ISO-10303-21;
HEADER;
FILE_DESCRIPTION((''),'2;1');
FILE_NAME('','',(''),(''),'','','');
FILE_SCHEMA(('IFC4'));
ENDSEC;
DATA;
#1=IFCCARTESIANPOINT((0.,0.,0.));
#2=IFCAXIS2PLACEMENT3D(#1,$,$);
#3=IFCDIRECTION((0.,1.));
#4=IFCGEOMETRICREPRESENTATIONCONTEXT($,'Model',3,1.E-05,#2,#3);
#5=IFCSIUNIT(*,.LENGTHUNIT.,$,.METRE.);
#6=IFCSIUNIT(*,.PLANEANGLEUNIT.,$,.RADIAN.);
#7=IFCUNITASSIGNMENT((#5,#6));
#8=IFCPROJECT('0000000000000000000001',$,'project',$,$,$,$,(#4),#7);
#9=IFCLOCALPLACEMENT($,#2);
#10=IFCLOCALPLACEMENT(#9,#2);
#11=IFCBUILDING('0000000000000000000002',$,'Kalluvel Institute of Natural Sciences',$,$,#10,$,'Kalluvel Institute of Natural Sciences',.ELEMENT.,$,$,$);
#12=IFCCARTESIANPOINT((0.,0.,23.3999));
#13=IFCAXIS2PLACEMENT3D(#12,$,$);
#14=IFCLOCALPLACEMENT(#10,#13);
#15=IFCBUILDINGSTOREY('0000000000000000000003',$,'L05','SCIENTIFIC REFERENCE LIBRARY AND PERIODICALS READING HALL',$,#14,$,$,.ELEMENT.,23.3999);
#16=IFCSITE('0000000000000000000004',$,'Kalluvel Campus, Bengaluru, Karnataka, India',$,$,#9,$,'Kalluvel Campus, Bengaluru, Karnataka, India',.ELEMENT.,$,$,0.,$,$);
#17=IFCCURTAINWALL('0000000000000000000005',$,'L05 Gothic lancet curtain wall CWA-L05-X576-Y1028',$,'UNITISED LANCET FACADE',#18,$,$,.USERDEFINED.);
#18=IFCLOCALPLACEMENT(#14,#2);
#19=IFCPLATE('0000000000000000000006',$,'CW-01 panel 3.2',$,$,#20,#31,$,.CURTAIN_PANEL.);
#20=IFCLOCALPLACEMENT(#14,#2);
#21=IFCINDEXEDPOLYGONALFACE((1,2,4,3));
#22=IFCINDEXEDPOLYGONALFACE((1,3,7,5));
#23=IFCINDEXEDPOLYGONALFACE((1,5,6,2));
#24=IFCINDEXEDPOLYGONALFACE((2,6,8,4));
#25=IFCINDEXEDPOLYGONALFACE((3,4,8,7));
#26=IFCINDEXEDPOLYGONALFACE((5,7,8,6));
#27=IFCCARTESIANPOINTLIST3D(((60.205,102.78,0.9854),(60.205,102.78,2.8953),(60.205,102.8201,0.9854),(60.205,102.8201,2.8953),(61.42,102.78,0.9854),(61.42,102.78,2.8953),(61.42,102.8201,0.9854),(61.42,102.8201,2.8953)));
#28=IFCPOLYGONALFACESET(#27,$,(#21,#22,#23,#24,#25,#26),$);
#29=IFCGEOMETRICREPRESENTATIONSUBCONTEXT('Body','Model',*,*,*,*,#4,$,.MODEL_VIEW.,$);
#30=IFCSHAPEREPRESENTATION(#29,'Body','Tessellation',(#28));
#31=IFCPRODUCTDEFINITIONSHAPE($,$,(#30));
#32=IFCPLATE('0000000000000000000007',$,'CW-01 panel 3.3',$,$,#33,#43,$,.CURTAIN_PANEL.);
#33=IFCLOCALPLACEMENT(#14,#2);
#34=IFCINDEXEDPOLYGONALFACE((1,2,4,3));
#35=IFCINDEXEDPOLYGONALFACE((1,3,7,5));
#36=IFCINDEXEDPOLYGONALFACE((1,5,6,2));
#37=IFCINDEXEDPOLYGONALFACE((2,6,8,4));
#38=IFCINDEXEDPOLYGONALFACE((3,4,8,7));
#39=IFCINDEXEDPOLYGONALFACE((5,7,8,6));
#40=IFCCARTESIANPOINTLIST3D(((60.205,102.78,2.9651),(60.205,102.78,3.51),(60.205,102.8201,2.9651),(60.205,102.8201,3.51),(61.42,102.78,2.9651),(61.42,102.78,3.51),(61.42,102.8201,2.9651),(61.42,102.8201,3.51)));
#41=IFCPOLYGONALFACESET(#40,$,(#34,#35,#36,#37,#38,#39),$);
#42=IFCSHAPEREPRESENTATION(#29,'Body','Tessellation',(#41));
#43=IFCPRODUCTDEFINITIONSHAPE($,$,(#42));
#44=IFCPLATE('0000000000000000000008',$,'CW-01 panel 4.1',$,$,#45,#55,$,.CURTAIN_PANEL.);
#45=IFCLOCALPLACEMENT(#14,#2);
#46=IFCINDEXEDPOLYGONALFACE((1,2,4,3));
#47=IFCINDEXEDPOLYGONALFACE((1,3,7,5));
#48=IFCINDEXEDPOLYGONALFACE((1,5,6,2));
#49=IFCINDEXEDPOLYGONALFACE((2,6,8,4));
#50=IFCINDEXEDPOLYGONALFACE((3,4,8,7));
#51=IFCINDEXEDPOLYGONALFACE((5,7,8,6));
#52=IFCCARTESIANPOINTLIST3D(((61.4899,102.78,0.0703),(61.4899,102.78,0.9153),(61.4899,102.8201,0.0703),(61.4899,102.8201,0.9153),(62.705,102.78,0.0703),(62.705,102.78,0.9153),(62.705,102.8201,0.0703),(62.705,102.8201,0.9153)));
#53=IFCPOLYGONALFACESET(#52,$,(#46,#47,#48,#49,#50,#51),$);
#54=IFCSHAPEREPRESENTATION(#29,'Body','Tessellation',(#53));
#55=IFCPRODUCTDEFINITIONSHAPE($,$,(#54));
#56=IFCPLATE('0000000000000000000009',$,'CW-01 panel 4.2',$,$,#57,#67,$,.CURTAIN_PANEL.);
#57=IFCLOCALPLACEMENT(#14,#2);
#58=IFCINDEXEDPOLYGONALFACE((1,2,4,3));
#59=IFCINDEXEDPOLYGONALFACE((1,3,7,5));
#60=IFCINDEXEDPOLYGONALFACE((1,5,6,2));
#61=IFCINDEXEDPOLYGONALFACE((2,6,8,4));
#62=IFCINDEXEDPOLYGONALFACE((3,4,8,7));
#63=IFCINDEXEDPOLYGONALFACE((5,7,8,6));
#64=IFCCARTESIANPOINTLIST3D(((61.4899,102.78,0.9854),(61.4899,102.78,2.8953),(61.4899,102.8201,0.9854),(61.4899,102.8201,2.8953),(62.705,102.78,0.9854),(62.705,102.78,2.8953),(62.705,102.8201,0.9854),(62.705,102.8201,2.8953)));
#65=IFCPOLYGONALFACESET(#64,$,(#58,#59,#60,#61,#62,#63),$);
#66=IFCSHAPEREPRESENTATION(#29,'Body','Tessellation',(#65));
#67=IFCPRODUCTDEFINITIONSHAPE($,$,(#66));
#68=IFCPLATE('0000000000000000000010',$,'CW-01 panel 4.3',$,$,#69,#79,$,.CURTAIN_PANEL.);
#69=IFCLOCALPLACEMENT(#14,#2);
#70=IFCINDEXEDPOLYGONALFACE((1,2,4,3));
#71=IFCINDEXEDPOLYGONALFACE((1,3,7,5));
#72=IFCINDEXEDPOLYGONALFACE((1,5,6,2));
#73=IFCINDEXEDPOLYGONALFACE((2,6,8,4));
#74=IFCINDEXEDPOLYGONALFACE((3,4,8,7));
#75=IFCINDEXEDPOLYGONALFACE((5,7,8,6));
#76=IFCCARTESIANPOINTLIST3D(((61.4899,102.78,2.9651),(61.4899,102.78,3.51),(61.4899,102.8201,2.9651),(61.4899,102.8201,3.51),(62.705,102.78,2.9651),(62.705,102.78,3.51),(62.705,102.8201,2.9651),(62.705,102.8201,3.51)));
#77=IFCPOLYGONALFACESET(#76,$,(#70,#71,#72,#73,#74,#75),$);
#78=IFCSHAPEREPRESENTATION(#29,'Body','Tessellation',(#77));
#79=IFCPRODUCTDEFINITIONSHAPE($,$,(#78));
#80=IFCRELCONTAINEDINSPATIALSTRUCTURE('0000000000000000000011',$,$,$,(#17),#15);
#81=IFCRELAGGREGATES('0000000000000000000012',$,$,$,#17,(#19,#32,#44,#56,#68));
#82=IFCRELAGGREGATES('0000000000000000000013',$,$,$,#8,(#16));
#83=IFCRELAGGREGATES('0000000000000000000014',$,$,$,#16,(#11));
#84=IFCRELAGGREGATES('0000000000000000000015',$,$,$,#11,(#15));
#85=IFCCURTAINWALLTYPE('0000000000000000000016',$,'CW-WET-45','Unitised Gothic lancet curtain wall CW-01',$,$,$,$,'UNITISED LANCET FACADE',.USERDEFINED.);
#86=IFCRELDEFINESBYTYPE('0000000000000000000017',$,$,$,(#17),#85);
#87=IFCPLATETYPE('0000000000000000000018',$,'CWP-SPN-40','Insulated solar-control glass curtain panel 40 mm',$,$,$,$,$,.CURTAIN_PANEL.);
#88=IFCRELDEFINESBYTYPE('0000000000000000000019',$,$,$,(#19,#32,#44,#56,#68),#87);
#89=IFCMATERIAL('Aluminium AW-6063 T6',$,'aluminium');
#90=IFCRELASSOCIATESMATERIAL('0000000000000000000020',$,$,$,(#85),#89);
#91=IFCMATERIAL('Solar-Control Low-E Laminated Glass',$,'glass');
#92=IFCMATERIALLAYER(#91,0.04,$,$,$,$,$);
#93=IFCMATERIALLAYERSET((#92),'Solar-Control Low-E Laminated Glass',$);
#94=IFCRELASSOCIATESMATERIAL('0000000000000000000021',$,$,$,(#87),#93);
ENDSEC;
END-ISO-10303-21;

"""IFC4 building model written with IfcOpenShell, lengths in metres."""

from ifc_helpers import new_model, si_unit, direction, frame, origin, origin_2d, place, context, subcontext, project, spatial, rectangle, extrude, material, layer, layer_set, type_object, element, aggregate, save


model = new_model("IFC4")

# Units and contexts
model_context = context("Model", 3, precision=1e-05, world=origin(), true_north=direction((0.0, 1.0)))
body_context = subcontext(model_context, "Body", "Model", "MODEL_VIEW")
ifc_project = project(units=[si_unit("LENGTHUNIT", "METRE"), si_unit("PLANEANGLEUNIT", "RADIAN")], contexts=[model_context])

# Site, building, storey
site_placement = place(None, origin())
site = spatial("IfcSite", under=ifc_project, at=site_placement, Name="Kalluvel Campus, Bengaluru, Karnataka, India", LongName="Kalluvel Campus, Bengaluru, Karnataka, India", CompositionType="ELEMENT", RefElevation=0.0)
building_placement = place(site_placement, origin())
building = spatial("IfcBuilding", under=site, at=building_placement, Name="Kalluvel Institute of Natural Sciences", LongName="Kalluvel Institute of Natural Sciences", CompositionType="ELEMENT")
storey_placement = place(building_placement, frame((0.0, 0.0, 23.3999)))
storey = spatial("IfcBuildingStorey", under=building, at=storey_placement, Name="L05", Description="SCIENTIFIC REFERENCE LIBRARY AND PERIODICALS READING HALL", CompositionType="ELEMENT", Elevation=23.3999)

# Curtain wall, plates
ifc_material_1 = material(Name="Aluminium AW-6063 T6", Category="aluminium")
curtain_wall_type = type_object("IfcCurtainWallType", Name="CW-WET-45", Description="Unitised Gothic lancet curtain wall CW-01", ElementType="UNITISED LANCET FACADE", PredefinedType="USERDEFINED", material=ifc_material_1)
curtain_wall_placement = place(storey_placement, origin())
curtain_wall = element("IfcCurtainWall", 1, at=curtain_wall_placement, inside=storey, type_object=curtain_wall_type, Name="L05 Gothic lancet curtain wall CWA-L05-X576-Y1028", ObjectType="UNITISED LANCET FACADE", PredefinedType="USERDEFINED")
ifc_material_2 = material(Name="Solar-Control Low-E Laminated Glass", Category="glass")
ifc_layer = layer(ifc_material_2, 0.04)
ifc_layer_set = layer_set([ifc_layer], Name="Solar-Control Low-E Laminated Glass")
plate_type = type_object("IfcPlateType", Name="CWP-SPN-40", Description="Insulated solar-control glass curtain panel 40 mm", PredefinedType="CURTAIN_PANEL", material=ifc_layer_set)
plate_1_placement = place(storey_placement, frame((60.8125, 102.8, 0.9854), z_axis=(0.0, 0.0, 1.0), x_axis=(1.0, 0.0, 0.0)))
plate_1 = element("IfcPlate", 2, at=plate_1_placement, type_object=plate_type, Name="CW-01 panel 3.2", PredefinedType="CURTAIN_PANEL", context=body_context, shape_type="SweptSolid", body=[
    extrude(rectangle(XDim=1.2151, YDim=0.04, at=origin_2d()), origin(), (0.0, 0.0, 1.0), 1.9099),
])
plate_2_placement = place(storey_placement, frame((60.8125, 102.8, 2.9651), z_axis=(0.0, 0.0, 1.0), x_axis=(1.0, 0.0, 0.0)))
plate_2 = element("IfcPlate", 3, at=plate_2_placement, type_object=plate_type, Name="CW-01 panel 3.3", PredefinedType="CURTAIN_PANEL", context=body_context, shape_type="SweptSolid", body=[
    extrude(rectangle(XDim=1.2151, YDim=0.04, at=origin_2d()), origin(), (0.0, 0.0, 1.0), 0.5449),
])
plate_3_placement = place(storey_placement, frame((62.0974, 102.8, 0.0703), z_axis=(0.0, 0.0, 1.0), x_axis=(1.0, 0.0, 0.0)))
plate_3 = element("IfcPlate", 4, at=plate_3_placement, type_object=plate_type, Name="CW-01 panel 4.1", PredefinedType="CURTAIN_PANEL", context=body_context, shape_type="SweptSolid", body=[
    extrude(rectangle(XDim=1.2151, YDim=0.04, at=origin_2d()), origin(), (0.0, 0.0, 1.0), 0.845),
])
plate_4_placement = place(storey_placement, frame((62.0974, 102.8, 0.9854), z_axis=(0.0, 0.0, 1.0), x_axis=(1.0, 0.0, 0.0)))
plate_4 = element("IfcPlate", 5, at=plate_4_placement, type_object=plate_type, Name="CW-01 panel 4.2", PredefinedType="CURTAIN_PANEL", context=body_context, shape_type="SweptSolid", body=[
    extrude(rectangle(XDim=1.2151, YDim=0.04, at=origin_2d()), origin(), (0.0, 0.0, 1.0), 1.9099),
])
plate_5_placement = place(storey_placement, frame((62.0974, 102.8, 2.9651), z_axis=(0.0, 0.0, 1.0), x_axis=(1.0, 0.0, 0.0)))
plate_5 = element("IfcPlate", 6, at=plate_5_placement, type_object=plate_type, Name="CW-01 panel 4.3", PredefinedType="CURTAIN_PANEL", context=body_context, shape_type="SweptSolid", body=[
    extrude(rectangle(XDim=1.2151, YDim=0.04, at=origin_2d()), origin(), (0.0, 0.0, 1.0), 0.5449),
])
aggregate(curtain_wall, [plate_1, plate_2, plate_3, plate_4, plate_5])

save(model, "model.ifc")
